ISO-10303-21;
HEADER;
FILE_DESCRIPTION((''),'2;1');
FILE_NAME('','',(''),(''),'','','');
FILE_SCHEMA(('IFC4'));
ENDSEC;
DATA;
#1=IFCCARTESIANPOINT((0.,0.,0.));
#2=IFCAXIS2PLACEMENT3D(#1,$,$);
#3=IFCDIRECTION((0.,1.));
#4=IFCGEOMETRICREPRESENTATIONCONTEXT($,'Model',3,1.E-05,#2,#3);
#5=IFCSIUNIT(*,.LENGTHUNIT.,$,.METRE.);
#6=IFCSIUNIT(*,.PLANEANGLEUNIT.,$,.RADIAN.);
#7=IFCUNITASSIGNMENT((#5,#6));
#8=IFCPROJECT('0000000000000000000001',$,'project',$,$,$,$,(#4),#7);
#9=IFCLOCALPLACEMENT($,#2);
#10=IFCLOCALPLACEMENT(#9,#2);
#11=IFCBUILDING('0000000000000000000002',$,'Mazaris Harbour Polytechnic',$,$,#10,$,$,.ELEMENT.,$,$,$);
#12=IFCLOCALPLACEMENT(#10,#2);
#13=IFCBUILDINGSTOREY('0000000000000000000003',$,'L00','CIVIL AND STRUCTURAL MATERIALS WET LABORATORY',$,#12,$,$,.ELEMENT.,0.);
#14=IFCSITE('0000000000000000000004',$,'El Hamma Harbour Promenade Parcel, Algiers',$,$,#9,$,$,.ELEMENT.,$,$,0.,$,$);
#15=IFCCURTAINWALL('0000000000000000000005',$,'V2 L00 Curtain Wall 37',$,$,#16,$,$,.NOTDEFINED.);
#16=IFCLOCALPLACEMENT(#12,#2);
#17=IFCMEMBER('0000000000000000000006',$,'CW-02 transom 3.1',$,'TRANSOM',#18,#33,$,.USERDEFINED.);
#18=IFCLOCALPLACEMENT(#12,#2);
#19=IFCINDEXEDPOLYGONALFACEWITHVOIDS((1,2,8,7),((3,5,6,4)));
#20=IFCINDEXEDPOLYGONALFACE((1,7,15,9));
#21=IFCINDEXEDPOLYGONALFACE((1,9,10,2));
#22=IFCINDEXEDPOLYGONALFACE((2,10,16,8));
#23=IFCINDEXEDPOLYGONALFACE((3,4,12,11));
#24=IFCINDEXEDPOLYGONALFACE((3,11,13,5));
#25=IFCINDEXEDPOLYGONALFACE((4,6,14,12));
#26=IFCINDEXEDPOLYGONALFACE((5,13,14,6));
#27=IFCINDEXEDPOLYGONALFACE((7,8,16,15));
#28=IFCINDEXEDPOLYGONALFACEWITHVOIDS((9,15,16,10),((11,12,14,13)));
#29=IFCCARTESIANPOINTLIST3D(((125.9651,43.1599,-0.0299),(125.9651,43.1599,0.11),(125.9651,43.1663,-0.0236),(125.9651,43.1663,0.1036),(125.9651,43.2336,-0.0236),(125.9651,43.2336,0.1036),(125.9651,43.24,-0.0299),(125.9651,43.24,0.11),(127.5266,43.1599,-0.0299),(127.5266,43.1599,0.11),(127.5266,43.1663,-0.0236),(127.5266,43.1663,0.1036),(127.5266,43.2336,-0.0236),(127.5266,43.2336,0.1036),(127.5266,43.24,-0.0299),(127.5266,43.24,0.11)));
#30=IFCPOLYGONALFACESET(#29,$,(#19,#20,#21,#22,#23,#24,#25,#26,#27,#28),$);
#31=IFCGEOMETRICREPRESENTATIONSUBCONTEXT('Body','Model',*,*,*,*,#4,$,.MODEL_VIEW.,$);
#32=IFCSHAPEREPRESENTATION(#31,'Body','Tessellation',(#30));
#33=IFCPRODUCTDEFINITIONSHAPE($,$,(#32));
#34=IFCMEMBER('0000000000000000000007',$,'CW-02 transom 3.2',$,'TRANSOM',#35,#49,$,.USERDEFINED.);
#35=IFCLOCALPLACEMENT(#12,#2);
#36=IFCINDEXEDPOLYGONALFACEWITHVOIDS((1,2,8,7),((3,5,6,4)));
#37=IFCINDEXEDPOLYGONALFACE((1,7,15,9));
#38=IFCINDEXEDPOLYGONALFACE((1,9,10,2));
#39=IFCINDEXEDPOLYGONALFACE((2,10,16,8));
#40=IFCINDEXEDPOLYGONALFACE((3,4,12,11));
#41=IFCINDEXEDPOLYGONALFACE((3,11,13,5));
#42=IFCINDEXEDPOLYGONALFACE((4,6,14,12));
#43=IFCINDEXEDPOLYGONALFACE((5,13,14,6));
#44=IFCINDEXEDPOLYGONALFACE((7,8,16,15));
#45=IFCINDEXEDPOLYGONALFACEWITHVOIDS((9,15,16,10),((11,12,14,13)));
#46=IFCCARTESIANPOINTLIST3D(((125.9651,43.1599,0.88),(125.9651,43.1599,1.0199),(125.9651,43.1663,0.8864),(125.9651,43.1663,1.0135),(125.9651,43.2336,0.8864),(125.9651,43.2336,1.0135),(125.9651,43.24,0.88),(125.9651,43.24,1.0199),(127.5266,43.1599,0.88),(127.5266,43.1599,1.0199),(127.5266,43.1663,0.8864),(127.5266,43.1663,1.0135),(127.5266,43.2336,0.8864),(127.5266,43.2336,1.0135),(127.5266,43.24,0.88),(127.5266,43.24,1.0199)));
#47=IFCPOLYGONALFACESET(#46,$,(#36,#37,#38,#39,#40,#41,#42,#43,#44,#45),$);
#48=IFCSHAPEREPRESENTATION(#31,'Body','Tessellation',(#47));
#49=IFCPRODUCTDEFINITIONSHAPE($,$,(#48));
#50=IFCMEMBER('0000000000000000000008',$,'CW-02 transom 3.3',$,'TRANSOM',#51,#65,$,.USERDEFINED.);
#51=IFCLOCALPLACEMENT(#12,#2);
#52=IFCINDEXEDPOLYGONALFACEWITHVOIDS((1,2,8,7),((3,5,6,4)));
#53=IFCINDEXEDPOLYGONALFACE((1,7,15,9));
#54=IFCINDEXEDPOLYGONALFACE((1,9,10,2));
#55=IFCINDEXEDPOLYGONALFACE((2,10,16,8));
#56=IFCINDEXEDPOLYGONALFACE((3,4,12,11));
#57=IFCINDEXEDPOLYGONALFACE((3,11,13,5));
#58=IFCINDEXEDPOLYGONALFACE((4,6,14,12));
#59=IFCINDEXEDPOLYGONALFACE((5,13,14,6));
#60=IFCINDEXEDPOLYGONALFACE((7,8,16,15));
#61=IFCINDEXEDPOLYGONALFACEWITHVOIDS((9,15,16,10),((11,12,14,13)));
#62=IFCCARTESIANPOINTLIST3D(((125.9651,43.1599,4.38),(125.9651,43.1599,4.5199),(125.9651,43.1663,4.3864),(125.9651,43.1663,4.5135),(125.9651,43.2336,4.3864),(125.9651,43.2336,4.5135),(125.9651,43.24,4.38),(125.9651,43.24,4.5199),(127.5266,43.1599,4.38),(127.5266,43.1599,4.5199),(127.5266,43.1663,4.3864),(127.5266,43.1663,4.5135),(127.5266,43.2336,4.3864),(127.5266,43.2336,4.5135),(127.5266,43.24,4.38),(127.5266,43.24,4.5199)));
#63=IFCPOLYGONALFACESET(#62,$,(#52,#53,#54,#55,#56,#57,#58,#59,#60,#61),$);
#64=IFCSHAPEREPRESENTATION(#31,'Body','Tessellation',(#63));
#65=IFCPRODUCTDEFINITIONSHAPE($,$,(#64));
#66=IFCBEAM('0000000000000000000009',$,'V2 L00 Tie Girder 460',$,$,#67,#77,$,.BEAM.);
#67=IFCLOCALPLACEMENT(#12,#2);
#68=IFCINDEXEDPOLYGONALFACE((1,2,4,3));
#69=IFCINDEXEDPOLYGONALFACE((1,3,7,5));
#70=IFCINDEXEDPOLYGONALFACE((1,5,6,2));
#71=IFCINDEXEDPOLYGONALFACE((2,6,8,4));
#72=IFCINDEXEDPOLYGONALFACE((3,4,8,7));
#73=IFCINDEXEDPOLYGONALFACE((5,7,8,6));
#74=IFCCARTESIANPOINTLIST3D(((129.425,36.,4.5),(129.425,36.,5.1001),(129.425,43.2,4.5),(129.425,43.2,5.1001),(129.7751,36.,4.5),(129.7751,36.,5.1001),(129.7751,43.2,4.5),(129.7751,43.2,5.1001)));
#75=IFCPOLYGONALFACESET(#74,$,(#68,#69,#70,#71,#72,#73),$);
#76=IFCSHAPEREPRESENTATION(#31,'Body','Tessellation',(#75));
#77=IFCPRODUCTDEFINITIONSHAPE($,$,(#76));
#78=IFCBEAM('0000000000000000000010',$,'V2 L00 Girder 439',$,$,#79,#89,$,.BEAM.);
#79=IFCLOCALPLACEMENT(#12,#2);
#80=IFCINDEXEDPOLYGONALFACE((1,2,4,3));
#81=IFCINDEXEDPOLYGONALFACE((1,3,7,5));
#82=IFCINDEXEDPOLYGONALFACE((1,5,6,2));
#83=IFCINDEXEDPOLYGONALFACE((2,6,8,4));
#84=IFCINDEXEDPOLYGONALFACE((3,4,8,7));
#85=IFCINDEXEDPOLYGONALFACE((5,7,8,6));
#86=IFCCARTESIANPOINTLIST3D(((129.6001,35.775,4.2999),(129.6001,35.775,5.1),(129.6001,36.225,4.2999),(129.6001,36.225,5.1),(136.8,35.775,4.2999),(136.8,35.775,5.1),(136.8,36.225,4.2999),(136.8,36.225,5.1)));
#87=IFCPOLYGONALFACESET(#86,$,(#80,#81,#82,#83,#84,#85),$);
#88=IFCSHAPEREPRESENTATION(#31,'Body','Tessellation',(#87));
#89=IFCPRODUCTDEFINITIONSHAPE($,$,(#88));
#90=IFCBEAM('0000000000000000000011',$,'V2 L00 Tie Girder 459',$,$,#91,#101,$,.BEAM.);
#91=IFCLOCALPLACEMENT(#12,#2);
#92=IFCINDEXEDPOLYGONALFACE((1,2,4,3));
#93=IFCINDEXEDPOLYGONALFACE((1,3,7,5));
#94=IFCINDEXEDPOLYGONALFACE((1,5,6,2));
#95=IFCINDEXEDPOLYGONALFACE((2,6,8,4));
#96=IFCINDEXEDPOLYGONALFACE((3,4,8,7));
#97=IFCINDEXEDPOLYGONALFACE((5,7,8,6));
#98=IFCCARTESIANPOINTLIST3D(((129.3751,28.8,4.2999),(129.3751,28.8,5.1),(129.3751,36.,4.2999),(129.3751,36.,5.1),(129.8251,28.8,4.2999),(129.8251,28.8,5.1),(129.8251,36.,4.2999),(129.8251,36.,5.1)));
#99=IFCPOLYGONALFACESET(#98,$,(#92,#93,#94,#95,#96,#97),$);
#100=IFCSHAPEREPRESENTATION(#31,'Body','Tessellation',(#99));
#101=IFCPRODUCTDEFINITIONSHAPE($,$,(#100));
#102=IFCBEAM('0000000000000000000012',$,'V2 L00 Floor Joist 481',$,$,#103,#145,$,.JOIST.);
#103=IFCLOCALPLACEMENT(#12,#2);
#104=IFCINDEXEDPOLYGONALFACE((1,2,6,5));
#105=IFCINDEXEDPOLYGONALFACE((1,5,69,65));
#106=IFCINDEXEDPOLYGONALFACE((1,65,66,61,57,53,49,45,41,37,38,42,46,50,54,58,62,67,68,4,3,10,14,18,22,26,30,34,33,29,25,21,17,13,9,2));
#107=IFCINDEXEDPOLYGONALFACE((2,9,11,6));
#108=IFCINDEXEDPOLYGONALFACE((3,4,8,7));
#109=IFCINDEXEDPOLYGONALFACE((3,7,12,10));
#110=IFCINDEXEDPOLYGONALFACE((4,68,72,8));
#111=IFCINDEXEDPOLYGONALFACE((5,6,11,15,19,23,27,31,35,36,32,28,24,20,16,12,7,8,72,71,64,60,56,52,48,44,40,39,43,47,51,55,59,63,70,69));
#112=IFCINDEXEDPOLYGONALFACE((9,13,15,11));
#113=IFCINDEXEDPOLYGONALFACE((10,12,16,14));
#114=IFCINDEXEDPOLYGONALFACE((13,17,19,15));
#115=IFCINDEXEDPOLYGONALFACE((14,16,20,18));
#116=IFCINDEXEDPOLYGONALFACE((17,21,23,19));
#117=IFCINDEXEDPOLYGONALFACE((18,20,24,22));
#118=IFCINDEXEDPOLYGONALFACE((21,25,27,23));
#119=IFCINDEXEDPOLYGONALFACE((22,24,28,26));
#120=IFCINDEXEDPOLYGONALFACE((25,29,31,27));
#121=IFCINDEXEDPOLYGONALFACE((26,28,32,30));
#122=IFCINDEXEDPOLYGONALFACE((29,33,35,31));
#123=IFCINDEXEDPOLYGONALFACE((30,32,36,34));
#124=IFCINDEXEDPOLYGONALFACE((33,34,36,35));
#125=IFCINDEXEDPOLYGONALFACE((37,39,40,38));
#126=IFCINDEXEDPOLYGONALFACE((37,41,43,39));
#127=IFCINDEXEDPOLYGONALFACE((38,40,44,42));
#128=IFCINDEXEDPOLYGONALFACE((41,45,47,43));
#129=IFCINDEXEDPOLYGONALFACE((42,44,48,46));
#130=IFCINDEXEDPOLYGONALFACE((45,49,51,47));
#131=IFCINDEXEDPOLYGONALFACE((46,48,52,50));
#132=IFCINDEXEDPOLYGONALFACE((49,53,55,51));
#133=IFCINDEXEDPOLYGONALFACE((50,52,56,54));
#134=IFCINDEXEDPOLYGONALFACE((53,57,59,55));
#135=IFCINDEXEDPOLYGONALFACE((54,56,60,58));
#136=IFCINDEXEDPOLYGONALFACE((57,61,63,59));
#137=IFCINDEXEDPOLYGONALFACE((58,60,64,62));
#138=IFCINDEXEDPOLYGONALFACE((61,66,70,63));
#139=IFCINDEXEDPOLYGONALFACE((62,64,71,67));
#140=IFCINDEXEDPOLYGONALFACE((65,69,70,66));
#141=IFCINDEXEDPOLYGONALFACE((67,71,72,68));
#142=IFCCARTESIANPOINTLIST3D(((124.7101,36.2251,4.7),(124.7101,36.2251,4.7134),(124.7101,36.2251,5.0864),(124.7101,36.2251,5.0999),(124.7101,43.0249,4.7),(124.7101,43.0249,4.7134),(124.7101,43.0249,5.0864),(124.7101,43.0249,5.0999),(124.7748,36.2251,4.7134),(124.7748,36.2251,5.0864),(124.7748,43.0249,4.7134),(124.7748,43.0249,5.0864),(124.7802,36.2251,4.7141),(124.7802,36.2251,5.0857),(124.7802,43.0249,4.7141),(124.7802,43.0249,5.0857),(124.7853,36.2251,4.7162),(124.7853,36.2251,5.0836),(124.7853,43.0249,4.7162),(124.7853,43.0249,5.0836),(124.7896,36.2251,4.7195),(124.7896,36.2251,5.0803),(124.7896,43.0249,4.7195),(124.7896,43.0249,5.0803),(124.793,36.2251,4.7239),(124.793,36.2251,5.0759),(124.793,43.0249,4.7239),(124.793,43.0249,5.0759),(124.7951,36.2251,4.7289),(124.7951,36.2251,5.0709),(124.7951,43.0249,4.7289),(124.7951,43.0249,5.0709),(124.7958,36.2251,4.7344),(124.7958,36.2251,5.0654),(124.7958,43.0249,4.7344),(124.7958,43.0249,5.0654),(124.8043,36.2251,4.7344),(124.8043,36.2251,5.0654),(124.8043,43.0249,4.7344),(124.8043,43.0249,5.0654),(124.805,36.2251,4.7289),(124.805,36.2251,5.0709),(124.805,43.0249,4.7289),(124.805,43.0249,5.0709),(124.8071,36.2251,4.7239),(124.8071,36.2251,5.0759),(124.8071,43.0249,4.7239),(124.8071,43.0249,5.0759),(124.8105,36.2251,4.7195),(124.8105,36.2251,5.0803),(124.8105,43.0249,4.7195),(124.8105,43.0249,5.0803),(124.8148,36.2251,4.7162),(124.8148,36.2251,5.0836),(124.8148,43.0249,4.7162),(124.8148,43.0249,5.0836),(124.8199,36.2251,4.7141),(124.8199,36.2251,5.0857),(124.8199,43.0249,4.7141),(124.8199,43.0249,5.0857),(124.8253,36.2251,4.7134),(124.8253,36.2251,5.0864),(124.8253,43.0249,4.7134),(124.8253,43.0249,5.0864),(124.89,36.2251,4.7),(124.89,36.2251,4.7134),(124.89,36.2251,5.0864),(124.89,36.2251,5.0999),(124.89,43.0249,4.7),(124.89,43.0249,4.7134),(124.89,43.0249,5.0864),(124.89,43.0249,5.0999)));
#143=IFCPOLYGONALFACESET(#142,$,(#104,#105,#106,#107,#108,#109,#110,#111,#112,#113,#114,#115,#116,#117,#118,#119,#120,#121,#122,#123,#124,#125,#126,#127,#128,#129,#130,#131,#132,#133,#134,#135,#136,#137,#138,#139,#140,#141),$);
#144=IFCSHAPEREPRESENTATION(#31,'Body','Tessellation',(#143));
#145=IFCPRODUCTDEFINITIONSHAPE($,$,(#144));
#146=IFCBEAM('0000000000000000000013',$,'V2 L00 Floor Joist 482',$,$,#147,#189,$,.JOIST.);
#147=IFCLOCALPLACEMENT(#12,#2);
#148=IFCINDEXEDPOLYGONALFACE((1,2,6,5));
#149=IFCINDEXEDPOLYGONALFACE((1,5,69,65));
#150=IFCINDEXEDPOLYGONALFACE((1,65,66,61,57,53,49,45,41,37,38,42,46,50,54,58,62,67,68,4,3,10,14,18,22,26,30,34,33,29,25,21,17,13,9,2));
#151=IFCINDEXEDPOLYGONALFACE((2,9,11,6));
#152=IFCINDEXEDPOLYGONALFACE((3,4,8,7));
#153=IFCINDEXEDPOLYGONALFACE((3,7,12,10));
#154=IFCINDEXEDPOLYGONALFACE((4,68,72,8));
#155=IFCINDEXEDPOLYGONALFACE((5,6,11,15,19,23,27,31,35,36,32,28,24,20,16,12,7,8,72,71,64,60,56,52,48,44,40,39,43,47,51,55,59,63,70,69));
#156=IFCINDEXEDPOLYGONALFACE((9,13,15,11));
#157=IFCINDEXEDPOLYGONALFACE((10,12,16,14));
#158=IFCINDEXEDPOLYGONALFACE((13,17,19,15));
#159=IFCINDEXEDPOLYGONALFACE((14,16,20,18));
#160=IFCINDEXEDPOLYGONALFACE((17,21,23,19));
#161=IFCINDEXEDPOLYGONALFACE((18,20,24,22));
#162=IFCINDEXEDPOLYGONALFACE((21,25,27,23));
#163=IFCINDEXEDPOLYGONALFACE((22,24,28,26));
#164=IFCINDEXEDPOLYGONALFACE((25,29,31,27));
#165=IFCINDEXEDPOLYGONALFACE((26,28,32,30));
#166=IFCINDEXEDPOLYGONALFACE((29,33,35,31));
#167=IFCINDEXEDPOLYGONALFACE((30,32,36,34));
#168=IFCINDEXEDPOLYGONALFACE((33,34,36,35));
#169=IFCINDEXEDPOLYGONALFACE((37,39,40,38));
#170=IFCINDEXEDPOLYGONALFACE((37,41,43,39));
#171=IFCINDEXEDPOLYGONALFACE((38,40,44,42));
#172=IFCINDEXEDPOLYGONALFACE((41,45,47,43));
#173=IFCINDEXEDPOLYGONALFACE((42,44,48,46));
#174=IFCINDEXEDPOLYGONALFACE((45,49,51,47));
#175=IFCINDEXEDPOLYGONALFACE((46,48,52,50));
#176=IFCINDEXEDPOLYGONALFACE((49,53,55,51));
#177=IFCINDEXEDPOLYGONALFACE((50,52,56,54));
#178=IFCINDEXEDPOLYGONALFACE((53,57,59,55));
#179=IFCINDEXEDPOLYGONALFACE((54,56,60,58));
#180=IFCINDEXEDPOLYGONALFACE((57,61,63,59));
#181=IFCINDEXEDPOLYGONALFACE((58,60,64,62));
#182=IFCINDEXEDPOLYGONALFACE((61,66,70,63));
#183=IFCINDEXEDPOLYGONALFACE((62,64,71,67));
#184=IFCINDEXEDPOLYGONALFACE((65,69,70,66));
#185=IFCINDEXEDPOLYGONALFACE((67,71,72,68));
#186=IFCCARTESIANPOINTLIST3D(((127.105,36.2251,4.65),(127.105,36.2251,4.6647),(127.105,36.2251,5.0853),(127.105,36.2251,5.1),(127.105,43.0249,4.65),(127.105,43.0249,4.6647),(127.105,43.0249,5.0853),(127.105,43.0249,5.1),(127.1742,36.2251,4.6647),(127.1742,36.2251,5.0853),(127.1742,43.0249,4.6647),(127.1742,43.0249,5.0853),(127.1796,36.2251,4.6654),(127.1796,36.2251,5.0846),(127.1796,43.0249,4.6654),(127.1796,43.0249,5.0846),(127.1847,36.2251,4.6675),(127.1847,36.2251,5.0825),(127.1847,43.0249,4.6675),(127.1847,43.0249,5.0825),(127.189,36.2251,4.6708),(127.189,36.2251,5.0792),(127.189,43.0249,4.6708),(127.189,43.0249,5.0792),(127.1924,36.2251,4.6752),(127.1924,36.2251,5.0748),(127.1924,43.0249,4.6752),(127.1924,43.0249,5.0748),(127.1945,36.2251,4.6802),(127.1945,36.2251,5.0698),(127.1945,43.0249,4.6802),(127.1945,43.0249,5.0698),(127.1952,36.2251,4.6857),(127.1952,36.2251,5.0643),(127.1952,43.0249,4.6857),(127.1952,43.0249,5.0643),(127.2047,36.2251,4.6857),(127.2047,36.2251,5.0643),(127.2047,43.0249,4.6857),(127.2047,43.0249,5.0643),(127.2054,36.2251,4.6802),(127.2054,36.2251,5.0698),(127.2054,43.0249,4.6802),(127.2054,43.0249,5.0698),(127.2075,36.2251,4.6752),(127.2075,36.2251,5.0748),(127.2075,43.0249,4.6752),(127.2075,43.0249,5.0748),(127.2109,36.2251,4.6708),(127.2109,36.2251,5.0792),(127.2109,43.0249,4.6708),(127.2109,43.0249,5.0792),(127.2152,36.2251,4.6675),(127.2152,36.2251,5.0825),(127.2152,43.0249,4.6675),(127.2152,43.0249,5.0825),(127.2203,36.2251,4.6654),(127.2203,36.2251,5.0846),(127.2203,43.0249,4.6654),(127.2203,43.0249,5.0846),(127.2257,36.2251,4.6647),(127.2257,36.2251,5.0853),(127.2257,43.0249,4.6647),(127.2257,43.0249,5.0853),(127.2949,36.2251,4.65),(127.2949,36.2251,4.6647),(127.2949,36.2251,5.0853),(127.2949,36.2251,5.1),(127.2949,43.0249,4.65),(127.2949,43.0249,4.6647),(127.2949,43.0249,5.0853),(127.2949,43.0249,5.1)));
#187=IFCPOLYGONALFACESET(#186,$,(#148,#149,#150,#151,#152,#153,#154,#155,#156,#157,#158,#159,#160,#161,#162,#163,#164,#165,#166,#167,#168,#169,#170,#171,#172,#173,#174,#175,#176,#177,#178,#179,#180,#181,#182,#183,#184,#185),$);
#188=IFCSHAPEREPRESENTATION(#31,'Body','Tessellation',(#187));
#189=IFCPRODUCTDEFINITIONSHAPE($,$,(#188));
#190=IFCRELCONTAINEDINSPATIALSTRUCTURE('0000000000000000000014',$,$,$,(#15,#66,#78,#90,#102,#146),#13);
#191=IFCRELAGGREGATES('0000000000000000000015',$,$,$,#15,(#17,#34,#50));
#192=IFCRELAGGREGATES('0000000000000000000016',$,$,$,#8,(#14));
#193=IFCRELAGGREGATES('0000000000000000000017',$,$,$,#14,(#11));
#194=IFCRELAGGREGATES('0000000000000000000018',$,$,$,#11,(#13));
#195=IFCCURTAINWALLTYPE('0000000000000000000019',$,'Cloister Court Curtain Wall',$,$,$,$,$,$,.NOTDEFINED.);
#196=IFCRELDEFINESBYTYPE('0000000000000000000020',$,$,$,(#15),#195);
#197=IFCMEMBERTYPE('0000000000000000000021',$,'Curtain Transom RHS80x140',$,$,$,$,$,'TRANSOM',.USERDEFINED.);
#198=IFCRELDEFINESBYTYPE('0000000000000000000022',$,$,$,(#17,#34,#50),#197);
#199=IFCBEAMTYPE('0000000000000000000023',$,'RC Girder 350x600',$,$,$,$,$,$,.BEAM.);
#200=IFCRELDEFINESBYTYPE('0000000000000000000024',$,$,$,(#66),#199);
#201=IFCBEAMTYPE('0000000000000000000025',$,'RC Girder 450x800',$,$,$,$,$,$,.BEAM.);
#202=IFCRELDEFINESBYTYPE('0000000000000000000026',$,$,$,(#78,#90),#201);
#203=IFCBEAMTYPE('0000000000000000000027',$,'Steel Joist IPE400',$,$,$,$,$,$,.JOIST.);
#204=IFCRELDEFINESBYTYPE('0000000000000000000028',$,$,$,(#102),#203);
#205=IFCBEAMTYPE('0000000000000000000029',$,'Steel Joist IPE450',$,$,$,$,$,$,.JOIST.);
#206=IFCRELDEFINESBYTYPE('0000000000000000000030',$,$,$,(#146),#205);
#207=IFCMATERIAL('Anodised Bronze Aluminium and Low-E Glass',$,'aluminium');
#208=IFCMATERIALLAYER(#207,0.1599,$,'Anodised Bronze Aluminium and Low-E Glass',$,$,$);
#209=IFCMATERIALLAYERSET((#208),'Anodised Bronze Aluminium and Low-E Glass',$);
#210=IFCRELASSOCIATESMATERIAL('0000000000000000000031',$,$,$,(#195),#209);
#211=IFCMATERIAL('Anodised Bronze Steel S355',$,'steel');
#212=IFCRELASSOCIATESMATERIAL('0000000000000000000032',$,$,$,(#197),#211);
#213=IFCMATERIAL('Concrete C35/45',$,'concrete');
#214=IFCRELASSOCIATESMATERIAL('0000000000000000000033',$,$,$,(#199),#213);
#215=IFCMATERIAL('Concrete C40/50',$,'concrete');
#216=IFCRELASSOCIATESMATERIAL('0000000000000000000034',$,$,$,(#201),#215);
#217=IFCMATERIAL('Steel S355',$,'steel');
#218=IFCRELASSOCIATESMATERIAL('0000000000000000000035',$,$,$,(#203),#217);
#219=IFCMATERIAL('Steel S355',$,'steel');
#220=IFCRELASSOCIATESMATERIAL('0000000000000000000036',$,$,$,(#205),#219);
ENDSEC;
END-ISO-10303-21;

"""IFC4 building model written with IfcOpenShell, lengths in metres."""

from ifc_helpers import new_model, si_unit, direction, frame, origin, origin_2d, place, context, subcontext, project, spatial, rectangle, hollow_rectangle, i_section, extrude, material, layer, layer_set, material_profile, profile_set, type_object, element, aggregate, save


model = new_model("IFC4")

# Units and contexts
model_context = context("Model", 3, precision=1e-05, world=origin(), true_north=direction((0.0, 1.0)))
body_context = subcontext(model_context, "Body", "Model", "MODEL_VIEW")
ifc_project = project(units=[si_unit("LENGTHUNIT", "METRE"), si_unit("PLANEANGLEUNIT", "RADIAN")], contexts=[model_context])

# Site, building, storey
site_placement = place(None, origin())
site = spatial("IfcSite", under=ifc_project, at=site_placement, Name="El Hamma Harbour Promenade Parcel, Algiers", CompositionType="ELEMENT", RefElevation=0.0)
building_placement = place(site_placement, origin())
building = spatial("IfcBuilding", under=site, at=building_placement, Name="Mazaris Harbour Polytechnic", CompositionType="ELEMENT")
storey_placement = place(building_placement, origin())
storey = spatial("IfcBuildingStorey", under=building, at=storey_placement, Name="L00", Description="CIVIL AND STRUCTURAL MATERIALS WET LABORATORY", CompositionType="ELEMENT", Elevation=0.0)

# Curtain wall, members
ifc_material_1 = material(Name="Anodised Bronze Aluminium and Low-E Glass", Category="aluminium")
ifc_layer_1 = layer(ifc_material_1, 0.1599, Name="Anodised Bronze Aluminium and Low-E Glass")
ifc_layer_set_1 = layer_set([ifc_layer_1], Name="Anodised Bronze Aluminium and Low-E Glass")
curtain_wall_type = type_object("IfcCurtainWallType", Name="Cloister Court Curtain Wall", PredefinedType="NOTDEFINED", material=ifc_layer_set_1)
curtain_wall_placement = place(storey_placement, origin())
curtain_wall = element("IfcCurtainWall", 1, at=curtain_wall_placement, inside=storey, type_object=curtain_wall_type, Name="V2 L00 Curtain Wall 37", PredefinedType="NOTDEFINED")
ifc_material_2 = material(Name="Anodised Bronze Steel S355", Category="steel")
ifc_material_profile_1 = material_profile(ifc_material_2, hollow_rectangle(XDim=0.0801, YDim=0.1399, WallThickness=0.0063, at=origin_2d()), Name="RHS 80x140x6.3")
ifc_profile_set_1 = profile_set([ifc_material_profile_1], Name="Anodised Bronze Steel S355")
member_type_1 = type_object("IfcMemberType", Name="Curtain Transom RHS80x140", ElementType="TRANSOM", PredefinedType="USERDEFINED", material=ifc_profile_set_1)
member_1_placement = place(storey_placement, frame((125.9651, 43.2, 0.04), z_axis=(1.0, 0.0, 0.0), x_axis=(0.0, 1.0, 0.0)))
member_1 = element("IfcMember", 2, at=member_1_placement, type_object=member_type_1, Name="CW-02 transom 3.1", ObjectType="TRANSOM", PredefinedType="USERDEFINED", context=body_context, shape_type="SweptSolid", body=[
    extrude(hollow_rectangle(XDim=0.0801, YDim=0.1399, WallThickness=0.0063, at=origin_2d()), origin(), (0.0, 0.0, 1.0), 1.5615),
])
member_2_placement = place(storey_placement, frame((125.9651, 43.2, 0.95), z_axis=(1.0, 0.0, 0.0), x_axis=(0.0, 1.0, 0.0)))
member_2 = element("IfcMember", 3, at=member_2_placement, type_object=member_type_1, Name="CW-02 transom 3.2", ObjectType="TRANSOM", PredefinedType="USERDEFINED", context=body_context, shape_type="SweptSolid", body=[
    extrude(hollow_rectangle(XDim=0.0801, YDim=0.1399, WallThickness=0.0063, at=origin_2d()), origin(), (0.0, 0.0, 1.0), 1.5615),
])
member_3_placement = place(storey_placement, frame((125.9651, 43.2, 4.45), z_axis=(1.0, 0.0, 0.0), x_axis=(0.0, 1.0, 0.0)))
member_3 = element("IfcMember", 4, at=member_3_placement, type_object=member_type_1, Name="CW-02 transom 3.3", ObjectType="TRANSOM", PredefinedType="USERDEFINED", context=body_context, shape_type="SweptSolid", body=[
    extrude(hollow_rectangle(XDim=0.0801, YDim=0.1399, WallThickness=0.0063, at=origin_2d()), origin(), (0.0, 0.0, 1.0), 1.5615),
])

# Beams
ifc_material_3 = material(Name="Concrete C35/45", Category="concrete")
ifc_material_profile_2 = material_profile(ifc_material_3, rectangle(XDim=0.3501, YDim=0.6001, at=origin_2d()), Name="RECT350x600")
ifc_profile_set_2 = profile_set([ifc_material_profile_2], Name="Concrete C35/45")
beam_type_1 = type_object("IfcBeamType", Name="RC Girder 350x600", PredefinedType="BEAM", material=ifc_profile_set_2)
beam_1_placement = place(storey_placement, frame((129.6001, 36.0, 4.8), z_axis=(0.0, 1.0, 0.0), x_axis=(-1.0, 0.0, 0.0)))
element("IfcBeam", 5, at=beam_1_placement, inside=storey, type_object=beam_type_1, Name="V2 L00 Tie Girder 460", PredefinedType="BEAM", context=body_context, shape_type="SweptSolid", body=[
    extrude(rectangle(XDim=0.3501, YDim=0.6001, at=origin_2d()), origin(), (0.0, 0.0, 1.0), 7.2),
])
ifc_material_4 = material(Name="Concrete C40/50", Category="concrete")
ifc_material_profile_3 = material_profile(ifc_material_4, rectangle(XDim=0.45, YDim=0.8, at=origin_2d()), Name="RECT450x800")
ifc_profile_set_3 = profile_set([ifc_material_profile_3], Name="Concrete C40/50")
beam_type_2 = type_object("IfcBeamType", Name="RC Girder 450x800", PredefinedType="BEAM", material=ifc_profile_set_3)
for number, where, z_axis, x_axis, name in (
    (6, (129.6001, 36.0, 4.7), (1.0, 0.0, 0.0), (0.0, 1.0, 0.0), "V2 L00 Girder 439"),
    (7, (129.6001, 28.8, 4.7), (0.0, 1.0, 0.0), (-1.0, 0.0, 0.0), "V2 L00 Tie Girder 459"),
):
    element("IfcBeam", number, at=place(storey_placement, frame(where, z_axis=z_axis, x_axis=x_axis)), inside=storey, type_object=beam_type_2, Name=name, PredefinedType="BEAM", context=body_context, shape_type="SweptSolid", body=[
        extrude(rectangle(XDim=0.45, YDim=0.8, at=origin_2d()), origin(), (0.0, 0.0, 1.0), 7.2),
    ])
ifc_material_5 = material(Name="Steel S355", Category="steel")
ifc_material_profile_4 = material_profile(ifc_material_5, i_section(OverallWidth=0.1799, OverallDepth=0.3999, WebThickness=0.0085, FlangeThickness=0.0134, FilletRadius=0.021, at=origin_2d()), Name="IPE 400")
ifc_profile_set_4 = profile_set([ifc_material_profile_4], Name="Steel S355")
beam_type_3 = type_object("IfcBeamType", Name="Steel Joist IPE400", PredefinedType="JOIST", material=ifc_profile_set_4)
beam_2_placement = place(storey_placement, frame((124.8, 36.2251, 4.8999), z_axis=(0.0, 1.0, 0.0), x_axis=(-1.0, 0.0, 0.0)))
element("IfcBeam", 8, at=beam_2_placement, inside=storey, type_object=beam_type_3, Name="V2 L00 Floor Joist 481", PredefinedType="JOIST", context=body_context, shape_type="SweptSolid", body=[
    extrude(i_section(OverallWidth=0.1799, OverallDepth=0.3999, WebThickness=0.0085, FlangeThickness=0.0134, FilletRadius=0.021, at=origin_2d()), origin(), (0.0, 0.0, 1.0), 6.7998),
])
ifc_material_6 = material(Name="Steel S355", Category="steel")
ifc_material_profile_5 = material_profile(ifc_material_6, i_section(OverallWidth=0.1899, OverallDepth=0.45, WebThickness=0.0095, FlangeThickness=0.0146, FilletRadius=0.021, at=origin_2d()), Name="IPE 450")
ifc_profile_set_5 = profile_set([ifc_material_profile_5], Name="Steel S355")
beam_type_4 = type_object("IfcBeamType", Name="Steel Joist IPE450", PredefinedType="JOIST", material=ifc_profile_set_5)
beam_3_placement = place(storey_placement, frame((127.2, 36.2251, 4.875), z_axis=(0.0, 1.0, 0.0), x_axis=(-1.0, 0.0, 0.0)))
element("IfcBeam", 9, at=beam_3_placement, inside=storey, type_object=beam_type_4, Name="V2 L00 Floor Joist 482", PredefinedType="JOIST", context=body_context, shape_type="SweptSolid", body=[
    extrude(i_section(OverallWidth=0.1899, OverallDepth=0.45, WebThickness=0.0095, FlangeThickness=0.0146, FilletRadius=0.021, at=origin_2d()), origin(), (0.0, 0.0, 1.0), 6.7998),
])

aggregate(curtain_wall, [member_1, member_2, member_3])

save(model, "model.ifc")
